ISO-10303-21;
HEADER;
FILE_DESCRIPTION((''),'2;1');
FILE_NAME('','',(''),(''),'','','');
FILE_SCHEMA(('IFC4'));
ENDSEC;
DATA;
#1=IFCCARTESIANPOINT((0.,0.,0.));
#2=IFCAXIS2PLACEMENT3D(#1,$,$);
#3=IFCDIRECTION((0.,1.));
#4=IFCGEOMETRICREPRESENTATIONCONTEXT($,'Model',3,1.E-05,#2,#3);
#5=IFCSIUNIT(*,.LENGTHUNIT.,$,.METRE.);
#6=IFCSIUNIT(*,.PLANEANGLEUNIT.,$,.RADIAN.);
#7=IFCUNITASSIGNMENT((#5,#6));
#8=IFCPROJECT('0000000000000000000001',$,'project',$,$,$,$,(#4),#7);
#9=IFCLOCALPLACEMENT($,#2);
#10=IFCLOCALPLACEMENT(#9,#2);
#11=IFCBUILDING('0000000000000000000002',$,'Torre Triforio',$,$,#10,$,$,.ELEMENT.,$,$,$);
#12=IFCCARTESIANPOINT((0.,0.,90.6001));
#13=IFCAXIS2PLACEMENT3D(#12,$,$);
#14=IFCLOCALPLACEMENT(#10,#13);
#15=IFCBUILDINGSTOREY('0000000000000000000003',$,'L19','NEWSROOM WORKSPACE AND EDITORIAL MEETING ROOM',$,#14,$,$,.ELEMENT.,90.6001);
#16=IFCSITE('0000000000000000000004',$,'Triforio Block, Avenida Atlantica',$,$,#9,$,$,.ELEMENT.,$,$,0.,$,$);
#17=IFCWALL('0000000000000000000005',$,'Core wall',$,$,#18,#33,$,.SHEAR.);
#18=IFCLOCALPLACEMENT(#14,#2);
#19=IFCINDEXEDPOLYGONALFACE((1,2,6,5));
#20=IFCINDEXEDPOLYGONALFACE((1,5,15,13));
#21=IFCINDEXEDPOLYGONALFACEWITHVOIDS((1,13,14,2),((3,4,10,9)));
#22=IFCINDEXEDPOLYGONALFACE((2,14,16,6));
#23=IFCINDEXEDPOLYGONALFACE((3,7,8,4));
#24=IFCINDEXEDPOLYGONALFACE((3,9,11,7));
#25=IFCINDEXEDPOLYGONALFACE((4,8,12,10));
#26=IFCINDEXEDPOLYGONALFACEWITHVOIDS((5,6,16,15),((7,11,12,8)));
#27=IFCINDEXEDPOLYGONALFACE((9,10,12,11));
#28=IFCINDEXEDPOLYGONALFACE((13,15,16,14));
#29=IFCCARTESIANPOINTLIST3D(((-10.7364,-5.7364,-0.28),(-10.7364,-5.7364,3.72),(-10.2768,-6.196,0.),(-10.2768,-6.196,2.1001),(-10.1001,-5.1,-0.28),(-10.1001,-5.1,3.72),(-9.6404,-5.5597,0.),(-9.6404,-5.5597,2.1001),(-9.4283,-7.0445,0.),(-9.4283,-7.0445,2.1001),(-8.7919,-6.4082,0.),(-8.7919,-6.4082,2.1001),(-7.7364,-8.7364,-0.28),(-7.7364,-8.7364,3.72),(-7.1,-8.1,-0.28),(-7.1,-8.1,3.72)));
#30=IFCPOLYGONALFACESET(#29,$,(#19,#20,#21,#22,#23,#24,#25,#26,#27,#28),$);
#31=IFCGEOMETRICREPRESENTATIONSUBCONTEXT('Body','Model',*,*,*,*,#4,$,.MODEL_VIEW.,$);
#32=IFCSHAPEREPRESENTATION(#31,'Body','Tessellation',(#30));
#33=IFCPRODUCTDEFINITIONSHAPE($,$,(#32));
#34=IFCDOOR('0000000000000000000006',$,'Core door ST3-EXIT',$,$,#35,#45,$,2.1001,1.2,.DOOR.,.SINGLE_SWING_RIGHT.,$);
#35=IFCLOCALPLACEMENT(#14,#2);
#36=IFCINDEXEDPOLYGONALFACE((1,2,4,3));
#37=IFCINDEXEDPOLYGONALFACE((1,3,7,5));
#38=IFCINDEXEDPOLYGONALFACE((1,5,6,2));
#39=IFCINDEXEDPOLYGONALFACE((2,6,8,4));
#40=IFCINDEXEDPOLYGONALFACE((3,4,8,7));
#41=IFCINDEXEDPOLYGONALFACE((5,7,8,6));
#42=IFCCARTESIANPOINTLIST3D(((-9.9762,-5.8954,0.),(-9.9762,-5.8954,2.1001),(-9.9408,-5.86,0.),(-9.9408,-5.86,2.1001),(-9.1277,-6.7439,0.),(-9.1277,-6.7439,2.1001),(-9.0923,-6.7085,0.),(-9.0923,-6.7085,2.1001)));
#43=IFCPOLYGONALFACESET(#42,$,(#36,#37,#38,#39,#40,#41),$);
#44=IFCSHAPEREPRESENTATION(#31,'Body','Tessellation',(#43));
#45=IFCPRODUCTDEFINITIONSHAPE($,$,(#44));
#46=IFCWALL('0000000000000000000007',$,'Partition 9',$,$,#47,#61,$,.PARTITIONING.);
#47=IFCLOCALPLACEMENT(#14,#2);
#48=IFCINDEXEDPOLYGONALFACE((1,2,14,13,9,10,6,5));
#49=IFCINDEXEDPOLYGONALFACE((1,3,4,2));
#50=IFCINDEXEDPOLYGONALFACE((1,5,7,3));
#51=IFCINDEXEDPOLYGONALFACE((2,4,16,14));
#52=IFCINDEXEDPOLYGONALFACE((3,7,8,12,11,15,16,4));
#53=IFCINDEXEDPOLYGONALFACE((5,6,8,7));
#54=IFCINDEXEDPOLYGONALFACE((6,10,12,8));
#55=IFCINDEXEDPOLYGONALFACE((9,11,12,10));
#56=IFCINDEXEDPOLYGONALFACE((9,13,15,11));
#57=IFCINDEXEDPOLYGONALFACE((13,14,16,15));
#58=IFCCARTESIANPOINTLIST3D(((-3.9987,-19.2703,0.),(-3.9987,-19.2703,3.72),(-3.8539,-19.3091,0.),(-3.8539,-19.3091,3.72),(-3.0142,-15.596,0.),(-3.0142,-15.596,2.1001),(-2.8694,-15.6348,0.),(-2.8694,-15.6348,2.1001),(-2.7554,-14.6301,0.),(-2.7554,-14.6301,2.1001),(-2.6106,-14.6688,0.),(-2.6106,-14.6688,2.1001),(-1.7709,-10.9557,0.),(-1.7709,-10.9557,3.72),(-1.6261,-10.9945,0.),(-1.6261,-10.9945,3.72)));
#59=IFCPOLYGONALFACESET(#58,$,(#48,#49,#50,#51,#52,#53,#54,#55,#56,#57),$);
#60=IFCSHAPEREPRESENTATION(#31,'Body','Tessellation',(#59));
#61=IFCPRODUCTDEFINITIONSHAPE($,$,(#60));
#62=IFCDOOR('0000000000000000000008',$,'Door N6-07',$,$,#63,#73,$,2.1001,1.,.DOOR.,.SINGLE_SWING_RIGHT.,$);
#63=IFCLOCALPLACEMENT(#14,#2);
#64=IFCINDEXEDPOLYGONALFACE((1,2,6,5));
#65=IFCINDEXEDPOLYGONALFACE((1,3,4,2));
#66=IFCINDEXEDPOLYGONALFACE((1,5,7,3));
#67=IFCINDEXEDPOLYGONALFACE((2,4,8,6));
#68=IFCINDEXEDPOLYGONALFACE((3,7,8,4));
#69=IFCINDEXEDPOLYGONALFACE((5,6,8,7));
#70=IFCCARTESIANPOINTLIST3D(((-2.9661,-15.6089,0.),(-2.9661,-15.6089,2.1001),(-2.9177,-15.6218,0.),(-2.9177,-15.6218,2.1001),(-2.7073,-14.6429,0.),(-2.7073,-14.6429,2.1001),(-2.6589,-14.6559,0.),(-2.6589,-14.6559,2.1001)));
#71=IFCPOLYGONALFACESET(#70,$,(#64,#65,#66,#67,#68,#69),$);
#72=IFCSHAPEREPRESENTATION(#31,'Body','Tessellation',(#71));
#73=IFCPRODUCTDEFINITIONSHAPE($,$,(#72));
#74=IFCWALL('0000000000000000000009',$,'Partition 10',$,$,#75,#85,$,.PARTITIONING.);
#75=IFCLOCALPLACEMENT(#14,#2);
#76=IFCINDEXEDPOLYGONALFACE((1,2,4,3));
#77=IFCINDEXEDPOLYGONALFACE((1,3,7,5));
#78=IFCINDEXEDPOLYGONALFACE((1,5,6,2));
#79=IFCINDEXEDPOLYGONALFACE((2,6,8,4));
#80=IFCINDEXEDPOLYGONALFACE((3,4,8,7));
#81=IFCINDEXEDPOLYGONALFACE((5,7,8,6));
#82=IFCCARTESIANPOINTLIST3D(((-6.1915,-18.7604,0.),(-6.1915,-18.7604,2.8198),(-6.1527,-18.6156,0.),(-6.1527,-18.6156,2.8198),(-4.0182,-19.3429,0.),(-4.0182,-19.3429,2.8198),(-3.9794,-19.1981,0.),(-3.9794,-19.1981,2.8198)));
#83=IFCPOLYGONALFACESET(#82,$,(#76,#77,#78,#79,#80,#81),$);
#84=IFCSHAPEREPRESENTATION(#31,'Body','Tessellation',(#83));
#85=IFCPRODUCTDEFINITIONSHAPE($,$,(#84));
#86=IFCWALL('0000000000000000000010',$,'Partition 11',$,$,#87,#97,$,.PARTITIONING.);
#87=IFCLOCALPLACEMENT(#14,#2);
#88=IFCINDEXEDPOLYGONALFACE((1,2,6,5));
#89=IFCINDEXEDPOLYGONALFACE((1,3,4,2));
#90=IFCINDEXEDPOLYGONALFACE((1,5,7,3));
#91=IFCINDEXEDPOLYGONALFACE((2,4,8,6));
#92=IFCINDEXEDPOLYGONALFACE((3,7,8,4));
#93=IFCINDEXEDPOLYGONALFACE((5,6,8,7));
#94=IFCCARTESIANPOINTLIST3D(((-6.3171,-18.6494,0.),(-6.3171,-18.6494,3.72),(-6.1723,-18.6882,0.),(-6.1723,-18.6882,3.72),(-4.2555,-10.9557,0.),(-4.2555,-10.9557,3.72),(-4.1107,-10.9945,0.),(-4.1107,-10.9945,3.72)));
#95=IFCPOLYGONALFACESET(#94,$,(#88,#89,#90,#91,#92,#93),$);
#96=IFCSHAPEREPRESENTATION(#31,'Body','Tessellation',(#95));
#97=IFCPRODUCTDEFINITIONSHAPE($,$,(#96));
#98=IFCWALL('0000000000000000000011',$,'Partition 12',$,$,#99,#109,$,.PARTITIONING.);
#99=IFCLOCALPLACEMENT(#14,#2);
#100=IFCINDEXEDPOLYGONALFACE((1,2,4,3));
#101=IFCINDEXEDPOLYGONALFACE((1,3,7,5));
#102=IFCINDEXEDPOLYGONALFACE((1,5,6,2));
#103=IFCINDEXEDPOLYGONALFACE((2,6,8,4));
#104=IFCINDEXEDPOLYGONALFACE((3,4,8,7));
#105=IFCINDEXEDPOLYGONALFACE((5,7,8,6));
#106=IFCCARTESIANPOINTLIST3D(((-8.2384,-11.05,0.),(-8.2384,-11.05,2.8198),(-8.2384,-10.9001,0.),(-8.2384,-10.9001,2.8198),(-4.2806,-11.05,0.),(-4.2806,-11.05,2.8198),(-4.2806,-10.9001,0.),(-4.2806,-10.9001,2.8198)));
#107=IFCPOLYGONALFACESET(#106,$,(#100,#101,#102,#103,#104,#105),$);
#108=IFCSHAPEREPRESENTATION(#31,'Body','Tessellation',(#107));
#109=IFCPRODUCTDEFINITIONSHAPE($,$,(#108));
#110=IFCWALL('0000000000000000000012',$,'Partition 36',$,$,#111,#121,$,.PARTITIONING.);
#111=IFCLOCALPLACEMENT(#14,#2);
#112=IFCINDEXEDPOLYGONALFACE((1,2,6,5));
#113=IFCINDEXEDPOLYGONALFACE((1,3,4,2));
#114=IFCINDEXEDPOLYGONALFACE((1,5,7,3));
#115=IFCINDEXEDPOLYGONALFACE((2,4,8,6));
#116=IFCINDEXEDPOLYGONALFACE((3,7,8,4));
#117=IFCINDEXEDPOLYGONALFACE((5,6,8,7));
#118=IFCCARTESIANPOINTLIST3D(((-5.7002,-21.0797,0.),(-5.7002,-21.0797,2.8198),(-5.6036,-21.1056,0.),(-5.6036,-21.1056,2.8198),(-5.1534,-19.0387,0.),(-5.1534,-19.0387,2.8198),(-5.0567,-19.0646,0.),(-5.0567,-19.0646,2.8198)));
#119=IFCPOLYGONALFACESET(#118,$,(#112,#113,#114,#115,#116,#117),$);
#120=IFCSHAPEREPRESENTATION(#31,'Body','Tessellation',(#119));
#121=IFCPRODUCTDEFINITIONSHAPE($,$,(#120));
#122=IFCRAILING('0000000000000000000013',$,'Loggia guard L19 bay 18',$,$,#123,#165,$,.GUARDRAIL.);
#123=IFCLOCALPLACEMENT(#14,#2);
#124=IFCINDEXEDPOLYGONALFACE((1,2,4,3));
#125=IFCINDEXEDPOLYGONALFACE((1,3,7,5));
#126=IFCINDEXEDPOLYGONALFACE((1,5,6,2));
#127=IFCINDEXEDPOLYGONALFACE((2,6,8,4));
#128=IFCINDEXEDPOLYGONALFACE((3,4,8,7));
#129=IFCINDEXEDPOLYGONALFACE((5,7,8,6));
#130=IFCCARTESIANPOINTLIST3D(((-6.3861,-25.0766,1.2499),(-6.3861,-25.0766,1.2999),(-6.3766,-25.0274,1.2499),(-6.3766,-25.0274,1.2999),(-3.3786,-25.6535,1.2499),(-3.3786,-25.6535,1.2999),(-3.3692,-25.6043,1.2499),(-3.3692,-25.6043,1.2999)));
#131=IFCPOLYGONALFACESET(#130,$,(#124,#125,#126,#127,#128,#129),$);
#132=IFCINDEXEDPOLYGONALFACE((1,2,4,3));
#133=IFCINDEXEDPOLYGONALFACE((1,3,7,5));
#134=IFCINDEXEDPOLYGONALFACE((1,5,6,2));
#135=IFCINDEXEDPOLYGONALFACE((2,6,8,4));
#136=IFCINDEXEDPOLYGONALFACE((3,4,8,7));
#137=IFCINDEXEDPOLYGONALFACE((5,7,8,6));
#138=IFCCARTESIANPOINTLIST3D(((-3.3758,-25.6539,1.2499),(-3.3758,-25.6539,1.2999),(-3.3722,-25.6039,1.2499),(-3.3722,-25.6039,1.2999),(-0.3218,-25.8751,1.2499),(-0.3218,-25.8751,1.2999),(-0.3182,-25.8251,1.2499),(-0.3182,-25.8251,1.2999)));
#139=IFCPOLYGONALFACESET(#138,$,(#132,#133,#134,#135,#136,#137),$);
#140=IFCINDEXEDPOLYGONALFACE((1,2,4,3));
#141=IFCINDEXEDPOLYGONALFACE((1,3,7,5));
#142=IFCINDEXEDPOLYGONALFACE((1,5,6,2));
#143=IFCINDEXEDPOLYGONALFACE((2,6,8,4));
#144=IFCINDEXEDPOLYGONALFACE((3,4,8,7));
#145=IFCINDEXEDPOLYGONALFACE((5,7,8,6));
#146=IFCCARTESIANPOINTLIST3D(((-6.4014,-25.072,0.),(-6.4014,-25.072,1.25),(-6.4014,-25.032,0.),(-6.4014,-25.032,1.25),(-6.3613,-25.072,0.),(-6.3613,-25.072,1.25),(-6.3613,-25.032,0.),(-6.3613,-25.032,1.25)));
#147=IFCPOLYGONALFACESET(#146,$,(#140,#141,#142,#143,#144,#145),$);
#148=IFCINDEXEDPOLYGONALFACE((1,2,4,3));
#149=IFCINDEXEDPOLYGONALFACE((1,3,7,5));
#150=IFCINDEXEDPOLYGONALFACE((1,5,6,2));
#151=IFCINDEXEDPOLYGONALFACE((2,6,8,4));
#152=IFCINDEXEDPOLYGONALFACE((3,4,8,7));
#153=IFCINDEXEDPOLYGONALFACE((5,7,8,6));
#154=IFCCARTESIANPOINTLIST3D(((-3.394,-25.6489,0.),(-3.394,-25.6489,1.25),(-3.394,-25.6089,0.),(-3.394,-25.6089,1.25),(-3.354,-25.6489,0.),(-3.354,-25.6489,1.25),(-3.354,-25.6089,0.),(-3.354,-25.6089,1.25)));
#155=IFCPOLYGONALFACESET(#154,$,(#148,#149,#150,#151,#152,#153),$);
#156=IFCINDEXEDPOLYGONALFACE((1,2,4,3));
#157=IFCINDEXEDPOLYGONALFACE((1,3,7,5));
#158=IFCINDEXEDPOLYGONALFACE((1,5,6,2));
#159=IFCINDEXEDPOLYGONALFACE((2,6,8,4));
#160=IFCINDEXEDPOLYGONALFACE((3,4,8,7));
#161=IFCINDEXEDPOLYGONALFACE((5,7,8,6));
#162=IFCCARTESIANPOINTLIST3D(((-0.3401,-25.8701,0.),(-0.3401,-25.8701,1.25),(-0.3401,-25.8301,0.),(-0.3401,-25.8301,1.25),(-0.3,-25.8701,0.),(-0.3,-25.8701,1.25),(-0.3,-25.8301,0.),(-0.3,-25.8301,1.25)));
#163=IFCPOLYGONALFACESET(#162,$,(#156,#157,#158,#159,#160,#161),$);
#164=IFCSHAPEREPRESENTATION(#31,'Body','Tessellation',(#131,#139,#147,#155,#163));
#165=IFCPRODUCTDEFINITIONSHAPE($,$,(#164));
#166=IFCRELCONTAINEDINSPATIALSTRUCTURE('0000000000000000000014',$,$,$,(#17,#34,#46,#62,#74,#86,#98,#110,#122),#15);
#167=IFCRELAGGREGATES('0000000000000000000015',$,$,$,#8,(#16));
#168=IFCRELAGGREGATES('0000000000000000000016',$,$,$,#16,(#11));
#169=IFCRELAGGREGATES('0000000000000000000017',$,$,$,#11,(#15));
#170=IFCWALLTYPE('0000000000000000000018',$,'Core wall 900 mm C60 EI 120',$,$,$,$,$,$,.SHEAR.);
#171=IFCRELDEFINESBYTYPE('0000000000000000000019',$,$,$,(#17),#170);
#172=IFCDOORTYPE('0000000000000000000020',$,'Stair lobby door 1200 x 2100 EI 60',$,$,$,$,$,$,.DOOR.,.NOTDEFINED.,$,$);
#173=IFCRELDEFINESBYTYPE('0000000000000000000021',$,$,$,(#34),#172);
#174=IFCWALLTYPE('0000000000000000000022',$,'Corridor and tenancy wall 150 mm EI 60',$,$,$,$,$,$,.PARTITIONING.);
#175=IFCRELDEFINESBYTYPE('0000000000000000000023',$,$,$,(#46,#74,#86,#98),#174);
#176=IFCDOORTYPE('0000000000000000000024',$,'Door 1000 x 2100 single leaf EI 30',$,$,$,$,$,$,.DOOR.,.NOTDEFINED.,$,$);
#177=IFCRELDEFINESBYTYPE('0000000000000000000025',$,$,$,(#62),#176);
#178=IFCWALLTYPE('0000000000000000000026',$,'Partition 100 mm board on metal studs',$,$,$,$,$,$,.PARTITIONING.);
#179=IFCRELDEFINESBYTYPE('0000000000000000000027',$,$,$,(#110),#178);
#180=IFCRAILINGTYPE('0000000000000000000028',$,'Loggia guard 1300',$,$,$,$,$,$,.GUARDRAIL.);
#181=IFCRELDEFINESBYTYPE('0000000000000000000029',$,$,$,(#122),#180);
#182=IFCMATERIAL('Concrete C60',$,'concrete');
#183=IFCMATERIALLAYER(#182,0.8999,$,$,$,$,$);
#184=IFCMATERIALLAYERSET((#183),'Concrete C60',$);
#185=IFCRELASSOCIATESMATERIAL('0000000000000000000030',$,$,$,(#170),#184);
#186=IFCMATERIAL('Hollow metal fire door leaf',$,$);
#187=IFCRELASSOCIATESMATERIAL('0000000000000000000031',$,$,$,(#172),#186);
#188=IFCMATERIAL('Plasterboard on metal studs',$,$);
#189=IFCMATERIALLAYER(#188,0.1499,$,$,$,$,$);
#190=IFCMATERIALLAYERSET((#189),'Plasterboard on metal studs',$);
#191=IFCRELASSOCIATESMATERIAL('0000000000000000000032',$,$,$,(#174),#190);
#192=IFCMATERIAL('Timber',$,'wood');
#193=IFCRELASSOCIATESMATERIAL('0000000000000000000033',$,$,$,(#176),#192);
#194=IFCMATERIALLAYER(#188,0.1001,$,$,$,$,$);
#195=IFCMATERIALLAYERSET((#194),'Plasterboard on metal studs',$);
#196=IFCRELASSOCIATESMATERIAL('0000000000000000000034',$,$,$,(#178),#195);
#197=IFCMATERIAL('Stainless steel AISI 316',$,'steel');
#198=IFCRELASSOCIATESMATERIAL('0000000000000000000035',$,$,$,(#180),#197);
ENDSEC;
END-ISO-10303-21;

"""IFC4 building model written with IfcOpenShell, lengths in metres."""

from ifc_helpers import new_model, si_unit, direction, frame, frame_2d, origin, origin_2d, place, context, subcontext, project, spatial, rectangle, extrude, material, layer, layer_set, type_object, element, fill, save


model = new_model("IFC4")

# Units and contexts
model_context = context("Model", 3, precision=1e-05, world=origin(), true_north=direction((0.0, 1.0)))
body_context = subcontext(model_context, "Body", "Model", "MODEL_VIEW")
ifc_project = project(units=[si_unit("LENGTHUNIT", "METRE"), si_unit("PLANEANGLEUNIT", "RADIAN")], contexts=[model_context])

# Site, building, storey
site_placement = place(None, origin())
site = spatial("IfcSite", under=ifc_project, at=site_placement, Name="Triforio Block, Avenida Atlantica", CompositionType="ELEMENT", RefElevation=0.0)
building_placement = place(site_placement, origin())
building = spatial("IfcBuilding", under=site, at=building_placement, Name="Torre Triforio", CompositionType="ELEMENT")
storey_placement = place(building_placement, frame((0.0, 0.0, 90.6001)))
storey = spatial("IfcBuildingStorey", under=building, at=storey_placement, Name="L19", Description="NEWSROOM WORKSPACE AND EDITORIAL MEETING ROOM", CompositionType="ELEMENT", Elevation=90.6001)

# Shared definitions
ifc_material_1 = material(Name="Concrete C60", Category="concrete")

# Shared definitions
ifc_layer_1 = layer(ifc_material_1, 0.8999)
ifc_layer_set_1 = layer_set([ifc_layer_1], Name="Concrete C60")
wall_type_1 = type_object("IfcWallType", Name="Core wall 900 mm C60 EI 120", PredefinedType="SHEAR", material=ifc_layer_set_1)
ifc_material_2 = material(Name="Hollow metal fire door leaf")

# Walls, openings, doors
wall_1_placement = place(storey_placement, frame((-7.4182, -8.4182, -0.28), z_axis=(0.0, 0.0, 1.0), x_axis=(-0.707107, 0.707107, 0.0)))
wall_1 = element("IfcWall", 1, at=wall_1_placement, inside=storey, type_object=wall_type_1, Name="Core wall", PredefinedType="SHEAR", context=body_context, shape_type="SweptSolid", body=[
    extrude(rectangle(XDim=4.2427, YDim=0.8999, at=frame_2d((2.1213, 0.0))), origin(), (0.0, 0.0, 1.0), 4.0),
])
opening_1_placement = place(wall_1_placement, frame((2.3926, 0.0, 0.28)))
opening_1 = element("IfcOpeningElement", 2, at=opening_1_placement, cuts=wall_1, PredefinedType="OPENING", context=body_context, shape_type="SweptSolid", body=[
    extrude(rectangle(XDim=1.2, YDim=2.1001, at=frame_2d((0.6001, 1.05))), frame((0.0, 0.46, 0.0), z_axis=(0.0, -1.0, 0.0), x_axis=(1.0, 0.0, 0.0)), (0.0, 0.0, 1.0), 0.9199),
])
door_type_1 = type_object("IfcDoorType", Name="Stair lobby door 1200 x 2100 EI 60", OperationType="NOTDEFINED", PredefinedType="DOOR", material=ifc_material_2)
door_1_placement = place(opening_1_placement, origin())
door_1 = element("IfcDoor", 3, at=door_1_placement, inside=storey, type_object=door_type_1, Name="Core door ST3-EXIT", OperationType="SINGLE_SWING_RIGHT", OverallHeight=2.1001, OverallWidth=1.2, PredefinedType="DOOR", context=body_context, shape_type="SweptSolid", body=[
    extrude(rectangle(XDim=1.2, YDim=2.1001, at=frame_2d((0.6001, 1.05))), frame((0.0, 0.0249, 0.0), z_axis=(0.0, -1.0, 0.0), x_axis=(1.0, 0.0, 0.0)), (0.0, 0.0, 1.0), 0.05),
])
fill(opening_1, door_1)
ifc_material_3 = material(Name="Plasterboard on metal studs")
ifc_layer_2 = layer(ifc_material_3, 0.1499)
ifc_layer_set_2 = layer_set([ifc_layer_2], Name="Plasterboard on metal studs")
wall_type_2 = type_object("IfcWallType", Name="Corridor and tenancy wall 150 mm EI 60", PredefinedType="PARTITIONING", material=ifc_layer_set_2)
wall_2_placement = place(storey_placement, frame((-1.6985, -10.9751, 0.0), z_axis=(0.0, 0.0, 1.0), x_axis=(-0.258805, -0.96593, 0.0)))
wall_2 = element("IfcWall", 4, at=wall_2_placement, inside=storey, type_object=wall_type_2, Name="Partition 9", PredefinedType="PARTITIONING", context=body_context, shape_type="SweptSolid", body=[
    extrude(rectangle(XDim=8.6079, YDim=0.1499, at=frame_2d((4.304, 0.0))), origin(), (0.0, 0.0, 1.0), 3.72),
])
opening_2_placement = place(wall_2_placement, frame((3.804, 0.0, 0.0)))
opening_2 = element("IfcOpeningElement", 5, at=opening_2_placement, cuts=wall_2, PredefinedType="OPENING", context=body_context, shape_type="SweptSolid", body=[
    extrude(rectangle(XDim=1.0, YDim=2.1001, at=frame_2d((0.5, 1.05))), frame((0.0, 0.085, 0.0), z_axis=(0.0, -1.0, 0.0), x_axis=(1.0, 0.0, 0.0)), (0.0, 0.0, 1.0), 0.1699),
])
ifc_material_4 = material(Name="Timber", Category="wood")
door_type_2 = type_object("IfcDoorType", Name="Door 1000 x 2100 single leaf EI 30", OperationType="NOTDEFINED", PredefinedType="DOOR", material=ifc_material_4)
door_2_placement = place(opening_2_placement, origin())
door_2 = element("IfcDoor", 6, at=door_2_placement, inside=storey, type_object=door_type_2, Name="Door N6-07", OperationType="SINGLE_SWING_RIGHT", OverallHeight=2.1001, OverallWidth=1.0, PredefinedType="DOOR", context=body_context, shape_type="SweptSolid", body=[
    extrude(rectangle(XDim=1.0, YDim=2.1001, at=frame_2d((0.5, 1.05))), frame((0.0, 0.0249, 0.0), z_axis=(0.0, -1.0, 0.0), x_axis=(1.0, 0.0, 0.0)), (0.0, 0.0, 1.0), 0.05),
])
fill(opening_2, door_2)

# Walls
wall_3_placement = place(storey_placement, frame((-3.9988, -19.2705, 0.0), z_axis=(0.0, 0.0, 1.0), x_axis=(-0.965906, 0.258892, 0.0)))
element("IfcWall", 7, at=wall_3_placement, inside=storey, type_object=wall_type_2, Name="Partition 10", PredefinedType="PARTITIONING", context=body_context, shape_type="SweptSolid", body=[
    extrude(rectangle(XDim=2.25, YDim=0.1499, at=frame_2d((1.125, 0.0))), origin(), (0.0, 0.0, 1.0), 2.8198),
])
wall_4_placement = place(storey_placement, frame((-6.2446, -18.6687, 0.0), z_axis=(0.0, 0.0, 1.0), x_axis=(0.258822, 0.965925, 0.0)))
element("IfcWall", 8, at=wall_4_placement, inside=storey, type_object=wall_type_2, Name="Partition 11", PredefinedType="PARTITIONING", context=body_context, shape_type="SweptSolid", body=[
    extrude(rectangle(XDim=7.9651, YDim=0.1499, at=frame_2d((3.9824, 0.0))), origin(), (0.0, 0.0, 1.0), 3.72),
])
wall_5_placement = place(storey_placement, frame((-4.2805, -10.9751, 0.0), z_axis=(0.0, 0.0, 1.0), x_axis=(-1.0, 0.0, 0.0)))
element("IfcWall", 9, at=wall_5_placement, inside=storey, type_object=wall_type_2, Name="Partition 12", PredefinedType="PARTITIONING", context=body_context, shape_type="SweptSolid", body=[
    extrude(rectangle(XDim=3.9578, YDim=0.1499, at=frame_2d((1.979, 0.0))), origin(), (0.0, 0.0, 1.0), 2.8198),
])
ifc_layer_3 = layer(ifc_material_3, 0.1001)
ifc_layer_set_3 = layer_set([ifc_layer_3], Name="Plasterboard on metal studs")
wall_type_3 = type_object("IfcWallType", Name="Partition 100 mm board on metal studs", PredefinedType="PARTITIONING", material=ifc_layer_set_3)
wall_6_placement = place(storey_placement, frame((-5.105, -19.0515, 0.0), z_axis=(0.0, 0.0, 1.0), x_axis=(-0.258813, -0.965927, 0.0)))
element("IfcWall", 10, at=wall_6_placement, inside=storey, type_object=wall_type_3, Name="Partition 36", PredefinedType="PARTITIONING", context=body_context, shape_type="SweptSolid", body=[
    extrude(rectangle(XDim=2.113, YDim=0.1001, at=frame_2d((1.0566, 0.0))), origin(), (0.0, 0.0, 1.0), 2.8198),
])

# Railing
ifc_material_5 = material(Name="Stainless steel AISI 316", Category="steel")
railing_type = type_object("IfcRailingType", Name="Loggia guard 1300", PredefinedType="GUARDRAIL", material=ifc_material_5)
railing_placement = place(storey_placement, frame((-6.3813, -25.052, 0.0)))
element("IfcRailing", 11, at=railing_placement, inside=storey, type_object=railing_type, Name="Loggia guard L19 bay 18", PredefinedType="GUARDRAIL", context=body_context, shape_type="SweptSolid", body=[
    extrude(rectangle(XDim=0.05, YDim=0.05, at=origin_2d()), frame((0.0, 0.0, 1.2749), z_axis=(0.982093, -0.188398, 0.0), x_axis=(0.188398, 0.982093, 0.0)), (0.0, 0.0, 1.0), 3.0623),
    extrude(rectangle(XDim=0.05, YDim=0.05, at=origin_2d()), frame((3.0073, -0.5769, 1.2749), z_axis=(0.997387, -0.072239, 0.0), x_axis=(0.072239, 0.997387, 0.0)), (0.0, 0.0, 1.0), 3.062),
    extrude(rectangle(XDim=0.04, YDim=0.04, at=origin_2d()), origin(), (0.0, 0.0, 1.0), 1.25),
    extrude(rectangle(XDim=0.04, YDim=0.04, at=origin_2d()), frame((3.0073, -0.5769, 0.0)), (0.0, 0.0, 1.0), 1.25),
    extrude(rectangle(XDim=0.04, YDim=0.04, at=origin_2d()), frame((6.0613, -0.7981, 0.0)), (0.0, 0.0, 1.0), 1.25),
])

save(model, "model.ifc")
